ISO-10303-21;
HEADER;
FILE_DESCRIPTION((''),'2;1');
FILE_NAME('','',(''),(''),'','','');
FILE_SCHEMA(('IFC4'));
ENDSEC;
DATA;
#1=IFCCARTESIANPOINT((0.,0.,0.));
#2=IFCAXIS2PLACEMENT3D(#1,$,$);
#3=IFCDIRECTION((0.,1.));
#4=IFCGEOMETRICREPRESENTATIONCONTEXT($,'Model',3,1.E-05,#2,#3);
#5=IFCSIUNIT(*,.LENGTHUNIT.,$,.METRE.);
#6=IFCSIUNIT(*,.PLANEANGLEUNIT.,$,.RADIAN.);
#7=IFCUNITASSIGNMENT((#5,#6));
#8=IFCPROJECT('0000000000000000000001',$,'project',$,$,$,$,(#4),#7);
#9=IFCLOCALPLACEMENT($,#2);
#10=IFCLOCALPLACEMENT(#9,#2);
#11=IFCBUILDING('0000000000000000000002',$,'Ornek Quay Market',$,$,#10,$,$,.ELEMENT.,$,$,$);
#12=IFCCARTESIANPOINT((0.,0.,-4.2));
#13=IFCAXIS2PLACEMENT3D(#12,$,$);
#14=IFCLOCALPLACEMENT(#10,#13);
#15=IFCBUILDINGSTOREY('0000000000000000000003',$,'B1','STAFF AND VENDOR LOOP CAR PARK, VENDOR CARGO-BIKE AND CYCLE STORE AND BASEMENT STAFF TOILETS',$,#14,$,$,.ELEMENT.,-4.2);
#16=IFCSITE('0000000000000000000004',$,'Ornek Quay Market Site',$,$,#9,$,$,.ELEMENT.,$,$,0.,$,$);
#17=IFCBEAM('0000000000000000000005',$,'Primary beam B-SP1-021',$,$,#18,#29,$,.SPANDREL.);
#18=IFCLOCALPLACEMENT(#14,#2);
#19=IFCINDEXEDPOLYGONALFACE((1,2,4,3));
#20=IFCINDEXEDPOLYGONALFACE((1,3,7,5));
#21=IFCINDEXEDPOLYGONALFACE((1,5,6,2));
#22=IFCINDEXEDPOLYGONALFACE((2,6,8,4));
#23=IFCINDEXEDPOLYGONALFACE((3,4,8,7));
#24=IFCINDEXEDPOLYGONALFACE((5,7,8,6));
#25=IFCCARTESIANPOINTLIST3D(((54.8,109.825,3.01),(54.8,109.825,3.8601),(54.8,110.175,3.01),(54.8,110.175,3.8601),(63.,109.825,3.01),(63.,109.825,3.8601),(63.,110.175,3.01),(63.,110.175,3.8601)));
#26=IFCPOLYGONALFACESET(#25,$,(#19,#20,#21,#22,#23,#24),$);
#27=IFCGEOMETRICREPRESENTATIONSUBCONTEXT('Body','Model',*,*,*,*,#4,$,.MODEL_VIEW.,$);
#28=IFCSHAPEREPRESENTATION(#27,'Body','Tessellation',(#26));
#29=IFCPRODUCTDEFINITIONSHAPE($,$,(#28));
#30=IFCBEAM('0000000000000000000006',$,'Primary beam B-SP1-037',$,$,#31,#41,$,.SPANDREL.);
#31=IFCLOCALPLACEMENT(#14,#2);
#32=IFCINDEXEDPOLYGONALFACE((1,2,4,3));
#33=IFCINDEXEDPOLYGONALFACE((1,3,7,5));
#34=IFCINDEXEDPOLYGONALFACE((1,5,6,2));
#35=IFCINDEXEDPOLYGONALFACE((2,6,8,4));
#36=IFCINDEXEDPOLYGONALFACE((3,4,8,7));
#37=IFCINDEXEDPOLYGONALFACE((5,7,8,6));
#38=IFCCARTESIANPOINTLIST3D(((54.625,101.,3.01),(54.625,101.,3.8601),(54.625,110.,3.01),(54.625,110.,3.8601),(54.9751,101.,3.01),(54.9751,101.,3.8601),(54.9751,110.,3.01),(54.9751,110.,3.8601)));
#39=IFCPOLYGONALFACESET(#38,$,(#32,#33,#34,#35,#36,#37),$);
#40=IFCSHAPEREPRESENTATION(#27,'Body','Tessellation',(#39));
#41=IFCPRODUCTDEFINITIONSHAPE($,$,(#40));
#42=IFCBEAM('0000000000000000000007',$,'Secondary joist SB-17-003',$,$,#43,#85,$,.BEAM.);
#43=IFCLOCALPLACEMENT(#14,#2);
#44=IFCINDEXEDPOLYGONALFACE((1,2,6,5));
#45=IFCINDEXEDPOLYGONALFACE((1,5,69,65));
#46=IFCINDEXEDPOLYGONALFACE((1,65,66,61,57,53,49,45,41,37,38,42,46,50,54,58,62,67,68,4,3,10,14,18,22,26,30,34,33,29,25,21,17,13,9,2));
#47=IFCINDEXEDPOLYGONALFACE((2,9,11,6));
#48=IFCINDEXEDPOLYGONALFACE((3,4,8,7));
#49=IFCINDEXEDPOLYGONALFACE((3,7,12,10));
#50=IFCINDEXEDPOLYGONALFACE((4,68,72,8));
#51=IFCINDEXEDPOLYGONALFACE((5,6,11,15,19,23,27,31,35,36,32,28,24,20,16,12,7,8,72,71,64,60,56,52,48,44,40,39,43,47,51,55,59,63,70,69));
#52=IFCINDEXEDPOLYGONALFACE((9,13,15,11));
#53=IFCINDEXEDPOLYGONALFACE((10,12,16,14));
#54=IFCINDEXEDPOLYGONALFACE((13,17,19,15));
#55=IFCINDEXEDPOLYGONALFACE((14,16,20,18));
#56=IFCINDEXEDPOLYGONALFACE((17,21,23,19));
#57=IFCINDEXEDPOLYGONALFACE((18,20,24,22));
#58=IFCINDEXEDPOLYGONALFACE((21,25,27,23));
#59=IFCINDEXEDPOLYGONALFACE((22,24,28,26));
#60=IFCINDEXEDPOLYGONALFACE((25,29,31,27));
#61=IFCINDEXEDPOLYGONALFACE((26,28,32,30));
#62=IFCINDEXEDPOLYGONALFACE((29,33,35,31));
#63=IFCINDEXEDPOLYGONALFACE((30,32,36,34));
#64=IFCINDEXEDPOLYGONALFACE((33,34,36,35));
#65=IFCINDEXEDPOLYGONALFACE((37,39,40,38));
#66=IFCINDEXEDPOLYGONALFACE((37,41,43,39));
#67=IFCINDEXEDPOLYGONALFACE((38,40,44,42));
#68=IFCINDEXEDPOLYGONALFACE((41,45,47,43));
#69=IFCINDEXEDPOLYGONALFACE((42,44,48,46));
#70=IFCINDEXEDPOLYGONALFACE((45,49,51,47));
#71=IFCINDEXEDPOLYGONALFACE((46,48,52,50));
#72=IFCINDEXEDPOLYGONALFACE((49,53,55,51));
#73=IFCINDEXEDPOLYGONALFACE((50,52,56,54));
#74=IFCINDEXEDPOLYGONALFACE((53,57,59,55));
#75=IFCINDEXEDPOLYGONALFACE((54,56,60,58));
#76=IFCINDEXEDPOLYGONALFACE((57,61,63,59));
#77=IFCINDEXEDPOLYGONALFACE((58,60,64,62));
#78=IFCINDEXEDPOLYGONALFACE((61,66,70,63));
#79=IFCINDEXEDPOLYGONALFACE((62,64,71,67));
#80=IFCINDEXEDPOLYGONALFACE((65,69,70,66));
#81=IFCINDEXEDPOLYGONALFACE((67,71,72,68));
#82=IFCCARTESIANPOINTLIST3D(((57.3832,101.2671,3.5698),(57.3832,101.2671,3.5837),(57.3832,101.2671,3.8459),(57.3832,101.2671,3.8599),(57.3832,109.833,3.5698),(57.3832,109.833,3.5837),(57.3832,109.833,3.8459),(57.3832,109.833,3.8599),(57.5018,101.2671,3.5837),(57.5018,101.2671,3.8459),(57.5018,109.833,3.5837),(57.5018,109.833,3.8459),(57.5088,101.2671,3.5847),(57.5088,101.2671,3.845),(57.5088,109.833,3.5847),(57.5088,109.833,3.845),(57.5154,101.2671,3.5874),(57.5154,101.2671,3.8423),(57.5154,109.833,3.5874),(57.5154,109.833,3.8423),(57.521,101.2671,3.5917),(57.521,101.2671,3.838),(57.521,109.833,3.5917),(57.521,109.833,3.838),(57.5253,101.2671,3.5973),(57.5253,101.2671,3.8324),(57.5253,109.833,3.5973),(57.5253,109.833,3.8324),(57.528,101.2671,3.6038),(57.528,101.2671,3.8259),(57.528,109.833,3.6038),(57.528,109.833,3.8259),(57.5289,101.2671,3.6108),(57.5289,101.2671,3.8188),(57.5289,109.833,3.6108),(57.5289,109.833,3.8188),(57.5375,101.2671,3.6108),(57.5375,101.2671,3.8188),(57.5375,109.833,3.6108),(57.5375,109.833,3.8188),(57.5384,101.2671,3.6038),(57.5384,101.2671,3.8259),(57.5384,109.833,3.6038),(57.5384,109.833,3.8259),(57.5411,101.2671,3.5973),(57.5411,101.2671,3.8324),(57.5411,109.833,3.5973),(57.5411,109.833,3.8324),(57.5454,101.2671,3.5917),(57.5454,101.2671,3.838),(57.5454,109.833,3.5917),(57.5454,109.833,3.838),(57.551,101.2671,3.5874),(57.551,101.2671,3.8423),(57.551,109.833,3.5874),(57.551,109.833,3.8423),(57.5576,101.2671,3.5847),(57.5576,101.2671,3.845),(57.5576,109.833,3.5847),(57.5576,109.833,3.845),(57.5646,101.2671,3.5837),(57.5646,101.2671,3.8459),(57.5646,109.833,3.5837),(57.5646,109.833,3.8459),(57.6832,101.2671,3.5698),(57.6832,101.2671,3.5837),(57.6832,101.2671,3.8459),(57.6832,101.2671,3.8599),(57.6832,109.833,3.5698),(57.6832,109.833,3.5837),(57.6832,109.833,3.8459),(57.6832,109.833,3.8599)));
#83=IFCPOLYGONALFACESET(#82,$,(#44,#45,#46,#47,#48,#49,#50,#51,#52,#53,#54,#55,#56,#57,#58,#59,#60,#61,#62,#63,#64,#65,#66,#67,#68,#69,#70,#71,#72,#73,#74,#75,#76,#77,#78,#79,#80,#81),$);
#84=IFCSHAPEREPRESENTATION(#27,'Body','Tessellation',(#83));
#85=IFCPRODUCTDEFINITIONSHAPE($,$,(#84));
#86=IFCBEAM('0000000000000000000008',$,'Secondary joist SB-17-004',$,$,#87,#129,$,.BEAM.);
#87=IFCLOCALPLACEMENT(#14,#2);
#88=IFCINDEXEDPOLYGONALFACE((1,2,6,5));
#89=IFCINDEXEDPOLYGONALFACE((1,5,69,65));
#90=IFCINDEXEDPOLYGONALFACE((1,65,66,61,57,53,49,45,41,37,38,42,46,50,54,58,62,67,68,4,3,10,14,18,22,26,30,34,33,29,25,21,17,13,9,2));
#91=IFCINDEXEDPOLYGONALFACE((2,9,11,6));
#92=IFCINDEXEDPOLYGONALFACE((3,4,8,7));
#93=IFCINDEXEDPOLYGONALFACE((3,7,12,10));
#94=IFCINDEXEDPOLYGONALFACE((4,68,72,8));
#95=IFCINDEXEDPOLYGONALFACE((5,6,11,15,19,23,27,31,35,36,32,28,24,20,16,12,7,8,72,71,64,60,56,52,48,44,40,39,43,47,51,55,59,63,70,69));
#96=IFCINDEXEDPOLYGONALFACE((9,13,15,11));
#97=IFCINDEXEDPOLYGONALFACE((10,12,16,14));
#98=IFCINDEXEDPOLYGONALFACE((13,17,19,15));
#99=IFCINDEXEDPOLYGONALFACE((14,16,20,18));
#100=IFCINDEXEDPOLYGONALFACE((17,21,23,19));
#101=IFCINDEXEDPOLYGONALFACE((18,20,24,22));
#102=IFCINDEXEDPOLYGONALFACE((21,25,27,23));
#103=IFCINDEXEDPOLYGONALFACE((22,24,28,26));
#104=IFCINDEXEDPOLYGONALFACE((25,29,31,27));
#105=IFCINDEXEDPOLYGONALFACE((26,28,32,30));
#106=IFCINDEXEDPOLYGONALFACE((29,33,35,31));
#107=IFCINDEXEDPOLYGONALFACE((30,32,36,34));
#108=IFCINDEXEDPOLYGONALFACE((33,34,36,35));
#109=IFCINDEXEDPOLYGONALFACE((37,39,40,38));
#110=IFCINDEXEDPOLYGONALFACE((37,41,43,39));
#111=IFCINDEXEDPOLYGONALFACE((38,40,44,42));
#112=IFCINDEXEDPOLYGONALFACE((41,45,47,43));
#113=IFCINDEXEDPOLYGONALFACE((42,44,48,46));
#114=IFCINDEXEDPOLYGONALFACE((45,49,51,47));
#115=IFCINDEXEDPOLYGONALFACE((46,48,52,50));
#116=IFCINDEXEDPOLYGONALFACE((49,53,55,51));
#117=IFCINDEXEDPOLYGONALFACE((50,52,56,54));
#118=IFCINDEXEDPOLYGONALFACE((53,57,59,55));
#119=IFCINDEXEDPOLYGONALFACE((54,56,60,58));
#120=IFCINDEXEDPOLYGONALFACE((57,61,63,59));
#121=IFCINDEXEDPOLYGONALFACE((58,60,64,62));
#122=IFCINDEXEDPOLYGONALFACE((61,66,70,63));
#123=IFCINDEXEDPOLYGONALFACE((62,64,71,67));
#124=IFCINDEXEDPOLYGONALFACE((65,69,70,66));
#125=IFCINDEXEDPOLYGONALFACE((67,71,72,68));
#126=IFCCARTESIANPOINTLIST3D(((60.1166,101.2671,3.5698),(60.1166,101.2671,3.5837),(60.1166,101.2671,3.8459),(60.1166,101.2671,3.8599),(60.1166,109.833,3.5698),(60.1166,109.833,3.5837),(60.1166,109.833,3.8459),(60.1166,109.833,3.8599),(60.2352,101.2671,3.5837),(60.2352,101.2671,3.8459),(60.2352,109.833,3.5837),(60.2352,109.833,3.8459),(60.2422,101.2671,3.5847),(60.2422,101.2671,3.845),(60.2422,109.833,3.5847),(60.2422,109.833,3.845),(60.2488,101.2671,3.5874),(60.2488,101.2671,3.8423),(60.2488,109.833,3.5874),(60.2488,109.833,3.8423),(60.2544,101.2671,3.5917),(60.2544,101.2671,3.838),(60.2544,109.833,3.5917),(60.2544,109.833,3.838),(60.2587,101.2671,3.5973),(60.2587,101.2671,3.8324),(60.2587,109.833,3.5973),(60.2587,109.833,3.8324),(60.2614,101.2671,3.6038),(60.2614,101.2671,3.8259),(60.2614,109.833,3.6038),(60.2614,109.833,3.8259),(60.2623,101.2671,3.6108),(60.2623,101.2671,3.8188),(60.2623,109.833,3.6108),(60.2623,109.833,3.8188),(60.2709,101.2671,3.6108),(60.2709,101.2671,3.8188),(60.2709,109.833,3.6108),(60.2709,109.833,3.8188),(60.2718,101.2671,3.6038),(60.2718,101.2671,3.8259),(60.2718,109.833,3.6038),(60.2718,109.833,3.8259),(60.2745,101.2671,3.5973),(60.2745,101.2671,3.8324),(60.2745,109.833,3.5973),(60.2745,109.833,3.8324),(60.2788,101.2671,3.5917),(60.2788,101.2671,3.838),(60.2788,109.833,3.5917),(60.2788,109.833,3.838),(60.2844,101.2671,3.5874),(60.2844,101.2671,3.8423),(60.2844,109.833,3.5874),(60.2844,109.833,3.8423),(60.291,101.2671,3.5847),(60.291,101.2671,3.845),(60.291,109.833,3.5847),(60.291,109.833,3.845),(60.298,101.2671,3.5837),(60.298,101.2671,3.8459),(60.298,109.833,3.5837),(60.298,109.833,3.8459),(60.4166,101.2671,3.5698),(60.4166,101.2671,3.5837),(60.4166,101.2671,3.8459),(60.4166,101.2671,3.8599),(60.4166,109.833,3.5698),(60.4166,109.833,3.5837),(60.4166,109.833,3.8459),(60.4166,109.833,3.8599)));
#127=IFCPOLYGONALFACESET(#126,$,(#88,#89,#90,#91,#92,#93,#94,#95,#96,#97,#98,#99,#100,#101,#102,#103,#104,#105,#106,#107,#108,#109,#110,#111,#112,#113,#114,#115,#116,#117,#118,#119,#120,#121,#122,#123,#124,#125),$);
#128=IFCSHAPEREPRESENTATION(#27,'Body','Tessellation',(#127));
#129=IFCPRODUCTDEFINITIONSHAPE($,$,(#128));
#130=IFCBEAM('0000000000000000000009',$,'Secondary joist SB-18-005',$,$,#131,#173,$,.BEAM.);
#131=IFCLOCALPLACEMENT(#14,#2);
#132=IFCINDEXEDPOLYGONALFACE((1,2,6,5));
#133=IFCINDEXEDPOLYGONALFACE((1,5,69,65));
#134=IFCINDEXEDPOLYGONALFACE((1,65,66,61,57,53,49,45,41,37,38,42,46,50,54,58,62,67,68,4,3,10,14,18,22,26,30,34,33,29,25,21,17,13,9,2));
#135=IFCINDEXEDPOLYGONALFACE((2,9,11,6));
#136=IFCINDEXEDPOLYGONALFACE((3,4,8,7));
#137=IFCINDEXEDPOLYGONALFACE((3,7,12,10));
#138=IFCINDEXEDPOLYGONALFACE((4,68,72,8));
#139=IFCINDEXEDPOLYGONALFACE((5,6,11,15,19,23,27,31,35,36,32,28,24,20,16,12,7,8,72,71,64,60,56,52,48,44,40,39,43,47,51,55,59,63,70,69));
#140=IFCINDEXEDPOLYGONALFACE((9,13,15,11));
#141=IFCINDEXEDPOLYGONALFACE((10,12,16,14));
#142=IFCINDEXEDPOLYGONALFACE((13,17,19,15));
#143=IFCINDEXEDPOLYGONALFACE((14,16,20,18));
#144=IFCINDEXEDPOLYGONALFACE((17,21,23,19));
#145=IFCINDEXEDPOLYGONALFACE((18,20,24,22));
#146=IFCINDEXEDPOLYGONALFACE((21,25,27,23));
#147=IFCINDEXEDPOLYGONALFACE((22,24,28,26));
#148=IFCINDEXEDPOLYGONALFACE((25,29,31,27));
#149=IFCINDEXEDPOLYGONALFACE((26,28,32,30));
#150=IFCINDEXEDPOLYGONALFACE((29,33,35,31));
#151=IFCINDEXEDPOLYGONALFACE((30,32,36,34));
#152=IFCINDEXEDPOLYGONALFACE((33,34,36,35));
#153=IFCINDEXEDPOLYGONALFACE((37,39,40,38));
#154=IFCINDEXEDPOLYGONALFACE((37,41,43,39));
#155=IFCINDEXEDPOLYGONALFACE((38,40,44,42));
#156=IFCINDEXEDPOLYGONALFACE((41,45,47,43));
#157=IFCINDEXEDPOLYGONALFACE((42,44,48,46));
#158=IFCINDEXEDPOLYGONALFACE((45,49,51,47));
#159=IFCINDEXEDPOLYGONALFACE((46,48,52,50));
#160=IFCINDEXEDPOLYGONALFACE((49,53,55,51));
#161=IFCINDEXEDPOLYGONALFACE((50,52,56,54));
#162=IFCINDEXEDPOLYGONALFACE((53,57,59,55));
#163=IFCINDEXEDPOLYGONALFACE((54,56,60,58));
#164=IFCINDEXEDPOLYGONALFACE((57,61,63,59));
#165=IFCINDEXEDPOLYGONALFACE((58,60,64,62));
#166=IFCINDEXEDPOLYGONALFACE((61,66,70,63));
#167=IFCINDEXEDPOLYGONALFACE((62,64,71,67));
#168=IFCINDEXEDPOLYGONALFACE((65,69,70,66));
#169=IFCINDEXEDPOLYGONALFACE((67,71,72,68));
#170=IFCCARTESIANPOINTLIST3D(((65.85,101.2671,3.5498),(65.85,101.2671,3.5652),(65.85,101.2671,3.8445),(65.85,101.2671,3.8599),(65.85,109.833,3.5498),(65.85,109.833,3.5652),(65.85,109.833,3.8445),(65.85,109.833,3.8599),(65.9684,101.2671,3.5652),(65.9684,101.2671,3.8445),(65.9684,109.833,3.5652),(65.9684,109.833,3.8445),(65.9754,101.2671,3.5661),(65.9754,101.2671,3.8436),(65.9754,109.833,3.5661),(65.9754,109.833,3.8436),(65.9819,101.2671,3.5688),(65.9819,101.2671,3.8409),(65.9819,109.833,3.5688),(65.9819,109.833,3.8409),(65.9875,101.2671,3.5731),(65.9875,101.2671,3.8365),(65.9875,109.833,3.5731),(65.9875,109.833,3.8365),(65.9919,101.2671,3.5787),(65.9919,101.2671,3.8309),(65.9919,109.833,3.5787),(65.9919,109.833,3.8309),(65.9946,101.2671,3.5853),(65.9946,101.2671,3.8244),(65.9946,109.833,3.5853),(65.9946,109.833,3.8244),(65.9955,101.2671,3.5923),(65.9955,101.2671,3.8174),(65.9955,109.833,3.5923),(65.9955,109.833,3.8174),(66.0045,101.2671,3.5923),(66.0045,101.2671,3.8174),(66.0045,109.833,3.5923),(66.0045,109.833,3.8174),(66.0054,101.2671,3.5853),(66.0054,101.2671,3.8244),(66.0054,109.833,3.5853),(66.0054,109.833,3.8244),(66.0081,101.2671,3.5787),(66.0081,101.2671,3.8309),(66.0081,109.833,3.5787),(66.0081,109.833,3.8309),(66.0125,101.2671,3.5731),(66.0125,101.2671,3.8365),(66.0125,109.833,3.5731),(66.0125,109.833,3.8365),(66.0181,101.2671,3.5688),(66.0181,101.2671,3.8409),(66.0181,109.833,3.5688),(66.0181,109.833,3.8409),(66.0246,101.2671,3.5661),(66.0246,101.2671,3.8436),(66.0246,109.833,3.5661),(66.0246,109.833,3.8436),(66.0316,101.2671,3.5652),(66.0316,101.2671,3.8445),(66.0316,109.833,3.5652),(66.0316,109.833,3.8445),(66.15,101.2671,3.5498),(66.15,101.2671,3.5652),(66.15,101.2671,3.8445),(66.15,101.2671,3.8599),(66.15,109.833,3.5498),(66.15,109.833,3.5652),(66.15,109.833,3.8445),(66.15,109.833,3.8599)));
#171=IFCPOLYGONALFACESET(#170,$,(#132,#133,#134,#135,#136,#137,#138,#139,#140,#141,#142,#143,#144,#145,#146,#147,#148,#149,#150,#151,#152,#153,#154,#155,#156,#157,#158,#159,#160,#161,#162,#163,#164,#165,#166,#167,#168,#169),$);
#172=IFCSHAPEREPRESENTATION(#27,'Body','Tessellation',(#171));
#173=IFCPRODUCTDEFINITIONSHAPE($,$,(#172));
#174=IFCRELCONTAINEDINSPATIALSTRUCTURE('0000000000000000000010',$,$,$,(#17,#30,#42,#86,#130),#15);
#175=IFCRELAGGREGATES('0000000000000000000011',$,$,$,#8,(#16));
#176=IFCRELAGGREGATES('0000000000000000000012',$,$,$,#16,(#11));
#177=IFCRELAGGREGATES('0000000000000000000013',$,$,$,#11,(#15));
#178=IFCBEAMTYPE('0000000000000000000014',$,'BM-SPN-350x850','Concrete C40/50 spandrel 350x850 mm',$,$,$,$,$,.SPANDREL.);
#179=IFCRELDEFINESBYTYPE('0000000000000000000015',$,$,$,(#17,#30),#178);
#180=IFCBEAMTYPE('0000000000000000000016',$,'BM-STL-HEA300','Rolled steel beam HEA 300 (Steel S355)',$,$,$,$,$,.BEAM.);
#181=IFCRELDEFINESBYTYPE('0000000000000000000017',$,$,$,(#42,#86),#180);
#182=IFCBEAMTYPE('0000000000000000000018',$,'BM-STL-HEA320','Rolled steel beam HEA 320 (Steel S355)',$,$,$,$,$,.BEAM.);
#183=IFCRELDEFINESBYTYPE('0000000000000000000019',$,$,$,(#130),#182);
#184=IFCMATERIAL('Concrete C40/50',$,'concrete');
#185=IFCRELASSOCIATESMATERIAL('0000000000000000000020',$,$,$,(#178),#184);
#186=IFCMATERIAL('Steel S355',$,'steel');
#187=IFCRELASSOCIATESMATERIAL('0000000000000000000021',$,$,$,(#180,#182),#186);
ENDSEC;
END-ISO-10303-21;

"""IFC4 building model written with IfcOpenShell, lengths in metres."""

from ifc_helpers import new_model, si_unit, direction, frame, origin, origin_2d, place, context, subcontext, project, spatial, rectangle, i_section, extrude, material, material_profile, profile_set, type_object, element, save


model = new_model("IFC4")

# Units and contexts
model_context = context("Model", 3, precision=1e-05, world=origin(), true_north=direction((0.0, 1.0)))
body_context = subcontext(model_context, "Body", "Model", "MODEL_VIEW")
ifc_project = project(units=[si_unit("LENGTHUNIT", "METRE"), si_unit("PLANEANGLEUNIT", "RADIAN")], contexts=[model_context])

# Site, building, storey
site_placement = place(None, origin())
site = spatial("IfcSite", under=ifc_project, at=site_placement, Name="Ornek Quay Market Site", CompositionType="ELEMENT", RefElevation=0.0)
building_placement = place(site_placement, origin())
building = spatial("IfcBuilding", under=site, at=building_placement, Name="Ornek Quay Market", CompositionType="ELEMENT")
storey_placement = place(building_placement, frame((0.0, 0.0, -4.2)))
storey = spatial("IfcBuildingStorey", under=building, at=storey_placement, Name="B1", Description="STAFF AND VENDOR LOOP CAR PARK, VENDOR CARGO-BIKE AND CYCLE STORE AND BASEMENT STAFF TOILETS", CompositionType="ELEMENT", Elevation=-4.2)

# Shared definitions
ifc_material_1 = material(Name="Concrete C40/50", Category="concrete")

# Beams
ifc_material_profile_1 = material_profile(ifc_material_1, rectangle(XDim=0.3501, YDim=0.8501, at=origin_2d()), Name="RC 350x850", Category="concrete")
ifc_profile_set_1 = profile_set([ifc_material_profile_1], Name="Concrete C40/50")
beam_type_1 = type_object("IfcBeamType", Name="BM-SPN-350x850", Description="Concrete C40/50 spandrel 350x850 mm", PredefinedType="SPANDREL", material=ifc_profile_set_1)
beam_1_placement = place(storey_placement, frame((54.8, 110.0, 3.4351), z_axis=(1.0, 0.0, 0.0), x_axis=(0.0, 1.0, 0.0)))
element("IfcBeam", 1, at=beam_1_placement, inside=storey, type_object=beam_type_1, Name="Primary beam B-SP1-021", PredefinedType="SPANDREL", context=body_context, shape_type="SweptSolid", body=[
    extrude(rectangle(XDim=0.3501, YDim=0.8501, at=origin_2d()), origin(), (0.0, 0.0, 1.0), 8.2),
])
beam_2_placement = place(storey_placement, frame((54.8, 101.0, 3.4351), z_axis=(0.0, 1.0, 0.0), x_axis=(-1.0, 0.0, 0.0)))
element("IfcBeam", 2, at=beam_2_placement, inside=storey, type_object=beam_type_1, Name="Primary beam B-SP1-037", PredefinedType="SPANDREL", context=body_context, shape_type="SweptSolid", body=[
    extrude(rectangle(XDim=0.3501, YDim=0.8501, at=origin_2d()), origin(), (0.0, 0.0, 1.0), 9.0),
])
ifc_material_2 = material(Name="Steel S355", Category="steel")
ifc_material_profile_2 = material_profile(ifc_material_2, i_section(OverallWidth=0.3, OverallDepth=0.29, WebThickness=0.0085, FlangeThickness=0.0139, FilletRadius=0.0271, at=origin_2d()), Name="HEA 300", Category="steel")
ifc_profile_set_2 = profile_set([ifc_material_profile_2], Name="Steel S355")
beam_type_2 = type_object("IfcBeamType", Name="BM-STL-HEA300", Description="Rolled steel beam HEA 300 (Steel S355)", PredefinedType="BEAM", material=ifc_profile_set_2)
for number, where, z_axis, x_axis, name in (
    (3, (57.5332, 101.2671, 3.7148), (0.0, 1.0, 0.0), (-1.0, 0.0, 0.0), "Secondary joist SB-17-003"),
    (4, (60.2666, 101.2671, 3.7148), (0.0, 1.0, 0.0), (-1.0, 0.0, 0.0), "Secondary joist SB-17-004"),
):
    element("IfcBeam", number, at=place(storey_placement, frame(where, z_axis=z_axis, x_axis=x_axis)), inside=storey, type_object=beam_type_2, Name=name, PredefinedType="BEAM", context=body_context, shape_type="SweptSolid", body=[
        extrude(i_section(OverallWidth=0.3, OverallDepth=0.29, WebThickness=0.0085, FlangeThickness=0.0139, FilletRadius=0.0271, at=origin_2d()), origin(), (0.0, 0.0, 1.0), 8.5659),
    ])
ifc_material_profile_3 = material_profile(ifc_material_2, i_section(OverallWidth=0.3, OverallDepth=0.3101, WebThickness=0.009, FlangeThickness=0.0154, FilletRadius=0.0271, at=origin_2d()), Name="HEA 320", Category="steel")
ifc_profile_set_3 = profile_set([ifc_material_profile_3], Name="Steel S355")
beam_type_3 = type_object("IfcBeamType", Name="BM-STL-HEA320", Description="Rolled steel beam HEA 320 (Steel S355)", PredefinedType="BEAM", material=ifc_profile_set_3)
for number, where, z_axis, x_axis, name in (
    (5, (66.0, 101.2671, 3.7048), (0.0, 1.0, 0.0), (-1.0, 0.0, 0.0), "Secondary joist SB-18-005"),
):
    element("IfcBeam", number, at=place(storey_placement, frame(where, z_axis=z_axis, x_axis=x_axis)), inside=storey, type_object=beam_type_3, Name=name, PredefinedType="BEAM", context=body_context, shape_type="SweptSolid", body=[
        extrude(i_section(OverallWidth=0.3, OverallDepth=0.3101, WebThickness=0.009, FlangeThickness=0.0154, FilletRadius=0.0271, at=origin_2d()), origin(), (0.0, 0.0, 1.0), 8.5659),
    ])

save(model, "model.ifc")
